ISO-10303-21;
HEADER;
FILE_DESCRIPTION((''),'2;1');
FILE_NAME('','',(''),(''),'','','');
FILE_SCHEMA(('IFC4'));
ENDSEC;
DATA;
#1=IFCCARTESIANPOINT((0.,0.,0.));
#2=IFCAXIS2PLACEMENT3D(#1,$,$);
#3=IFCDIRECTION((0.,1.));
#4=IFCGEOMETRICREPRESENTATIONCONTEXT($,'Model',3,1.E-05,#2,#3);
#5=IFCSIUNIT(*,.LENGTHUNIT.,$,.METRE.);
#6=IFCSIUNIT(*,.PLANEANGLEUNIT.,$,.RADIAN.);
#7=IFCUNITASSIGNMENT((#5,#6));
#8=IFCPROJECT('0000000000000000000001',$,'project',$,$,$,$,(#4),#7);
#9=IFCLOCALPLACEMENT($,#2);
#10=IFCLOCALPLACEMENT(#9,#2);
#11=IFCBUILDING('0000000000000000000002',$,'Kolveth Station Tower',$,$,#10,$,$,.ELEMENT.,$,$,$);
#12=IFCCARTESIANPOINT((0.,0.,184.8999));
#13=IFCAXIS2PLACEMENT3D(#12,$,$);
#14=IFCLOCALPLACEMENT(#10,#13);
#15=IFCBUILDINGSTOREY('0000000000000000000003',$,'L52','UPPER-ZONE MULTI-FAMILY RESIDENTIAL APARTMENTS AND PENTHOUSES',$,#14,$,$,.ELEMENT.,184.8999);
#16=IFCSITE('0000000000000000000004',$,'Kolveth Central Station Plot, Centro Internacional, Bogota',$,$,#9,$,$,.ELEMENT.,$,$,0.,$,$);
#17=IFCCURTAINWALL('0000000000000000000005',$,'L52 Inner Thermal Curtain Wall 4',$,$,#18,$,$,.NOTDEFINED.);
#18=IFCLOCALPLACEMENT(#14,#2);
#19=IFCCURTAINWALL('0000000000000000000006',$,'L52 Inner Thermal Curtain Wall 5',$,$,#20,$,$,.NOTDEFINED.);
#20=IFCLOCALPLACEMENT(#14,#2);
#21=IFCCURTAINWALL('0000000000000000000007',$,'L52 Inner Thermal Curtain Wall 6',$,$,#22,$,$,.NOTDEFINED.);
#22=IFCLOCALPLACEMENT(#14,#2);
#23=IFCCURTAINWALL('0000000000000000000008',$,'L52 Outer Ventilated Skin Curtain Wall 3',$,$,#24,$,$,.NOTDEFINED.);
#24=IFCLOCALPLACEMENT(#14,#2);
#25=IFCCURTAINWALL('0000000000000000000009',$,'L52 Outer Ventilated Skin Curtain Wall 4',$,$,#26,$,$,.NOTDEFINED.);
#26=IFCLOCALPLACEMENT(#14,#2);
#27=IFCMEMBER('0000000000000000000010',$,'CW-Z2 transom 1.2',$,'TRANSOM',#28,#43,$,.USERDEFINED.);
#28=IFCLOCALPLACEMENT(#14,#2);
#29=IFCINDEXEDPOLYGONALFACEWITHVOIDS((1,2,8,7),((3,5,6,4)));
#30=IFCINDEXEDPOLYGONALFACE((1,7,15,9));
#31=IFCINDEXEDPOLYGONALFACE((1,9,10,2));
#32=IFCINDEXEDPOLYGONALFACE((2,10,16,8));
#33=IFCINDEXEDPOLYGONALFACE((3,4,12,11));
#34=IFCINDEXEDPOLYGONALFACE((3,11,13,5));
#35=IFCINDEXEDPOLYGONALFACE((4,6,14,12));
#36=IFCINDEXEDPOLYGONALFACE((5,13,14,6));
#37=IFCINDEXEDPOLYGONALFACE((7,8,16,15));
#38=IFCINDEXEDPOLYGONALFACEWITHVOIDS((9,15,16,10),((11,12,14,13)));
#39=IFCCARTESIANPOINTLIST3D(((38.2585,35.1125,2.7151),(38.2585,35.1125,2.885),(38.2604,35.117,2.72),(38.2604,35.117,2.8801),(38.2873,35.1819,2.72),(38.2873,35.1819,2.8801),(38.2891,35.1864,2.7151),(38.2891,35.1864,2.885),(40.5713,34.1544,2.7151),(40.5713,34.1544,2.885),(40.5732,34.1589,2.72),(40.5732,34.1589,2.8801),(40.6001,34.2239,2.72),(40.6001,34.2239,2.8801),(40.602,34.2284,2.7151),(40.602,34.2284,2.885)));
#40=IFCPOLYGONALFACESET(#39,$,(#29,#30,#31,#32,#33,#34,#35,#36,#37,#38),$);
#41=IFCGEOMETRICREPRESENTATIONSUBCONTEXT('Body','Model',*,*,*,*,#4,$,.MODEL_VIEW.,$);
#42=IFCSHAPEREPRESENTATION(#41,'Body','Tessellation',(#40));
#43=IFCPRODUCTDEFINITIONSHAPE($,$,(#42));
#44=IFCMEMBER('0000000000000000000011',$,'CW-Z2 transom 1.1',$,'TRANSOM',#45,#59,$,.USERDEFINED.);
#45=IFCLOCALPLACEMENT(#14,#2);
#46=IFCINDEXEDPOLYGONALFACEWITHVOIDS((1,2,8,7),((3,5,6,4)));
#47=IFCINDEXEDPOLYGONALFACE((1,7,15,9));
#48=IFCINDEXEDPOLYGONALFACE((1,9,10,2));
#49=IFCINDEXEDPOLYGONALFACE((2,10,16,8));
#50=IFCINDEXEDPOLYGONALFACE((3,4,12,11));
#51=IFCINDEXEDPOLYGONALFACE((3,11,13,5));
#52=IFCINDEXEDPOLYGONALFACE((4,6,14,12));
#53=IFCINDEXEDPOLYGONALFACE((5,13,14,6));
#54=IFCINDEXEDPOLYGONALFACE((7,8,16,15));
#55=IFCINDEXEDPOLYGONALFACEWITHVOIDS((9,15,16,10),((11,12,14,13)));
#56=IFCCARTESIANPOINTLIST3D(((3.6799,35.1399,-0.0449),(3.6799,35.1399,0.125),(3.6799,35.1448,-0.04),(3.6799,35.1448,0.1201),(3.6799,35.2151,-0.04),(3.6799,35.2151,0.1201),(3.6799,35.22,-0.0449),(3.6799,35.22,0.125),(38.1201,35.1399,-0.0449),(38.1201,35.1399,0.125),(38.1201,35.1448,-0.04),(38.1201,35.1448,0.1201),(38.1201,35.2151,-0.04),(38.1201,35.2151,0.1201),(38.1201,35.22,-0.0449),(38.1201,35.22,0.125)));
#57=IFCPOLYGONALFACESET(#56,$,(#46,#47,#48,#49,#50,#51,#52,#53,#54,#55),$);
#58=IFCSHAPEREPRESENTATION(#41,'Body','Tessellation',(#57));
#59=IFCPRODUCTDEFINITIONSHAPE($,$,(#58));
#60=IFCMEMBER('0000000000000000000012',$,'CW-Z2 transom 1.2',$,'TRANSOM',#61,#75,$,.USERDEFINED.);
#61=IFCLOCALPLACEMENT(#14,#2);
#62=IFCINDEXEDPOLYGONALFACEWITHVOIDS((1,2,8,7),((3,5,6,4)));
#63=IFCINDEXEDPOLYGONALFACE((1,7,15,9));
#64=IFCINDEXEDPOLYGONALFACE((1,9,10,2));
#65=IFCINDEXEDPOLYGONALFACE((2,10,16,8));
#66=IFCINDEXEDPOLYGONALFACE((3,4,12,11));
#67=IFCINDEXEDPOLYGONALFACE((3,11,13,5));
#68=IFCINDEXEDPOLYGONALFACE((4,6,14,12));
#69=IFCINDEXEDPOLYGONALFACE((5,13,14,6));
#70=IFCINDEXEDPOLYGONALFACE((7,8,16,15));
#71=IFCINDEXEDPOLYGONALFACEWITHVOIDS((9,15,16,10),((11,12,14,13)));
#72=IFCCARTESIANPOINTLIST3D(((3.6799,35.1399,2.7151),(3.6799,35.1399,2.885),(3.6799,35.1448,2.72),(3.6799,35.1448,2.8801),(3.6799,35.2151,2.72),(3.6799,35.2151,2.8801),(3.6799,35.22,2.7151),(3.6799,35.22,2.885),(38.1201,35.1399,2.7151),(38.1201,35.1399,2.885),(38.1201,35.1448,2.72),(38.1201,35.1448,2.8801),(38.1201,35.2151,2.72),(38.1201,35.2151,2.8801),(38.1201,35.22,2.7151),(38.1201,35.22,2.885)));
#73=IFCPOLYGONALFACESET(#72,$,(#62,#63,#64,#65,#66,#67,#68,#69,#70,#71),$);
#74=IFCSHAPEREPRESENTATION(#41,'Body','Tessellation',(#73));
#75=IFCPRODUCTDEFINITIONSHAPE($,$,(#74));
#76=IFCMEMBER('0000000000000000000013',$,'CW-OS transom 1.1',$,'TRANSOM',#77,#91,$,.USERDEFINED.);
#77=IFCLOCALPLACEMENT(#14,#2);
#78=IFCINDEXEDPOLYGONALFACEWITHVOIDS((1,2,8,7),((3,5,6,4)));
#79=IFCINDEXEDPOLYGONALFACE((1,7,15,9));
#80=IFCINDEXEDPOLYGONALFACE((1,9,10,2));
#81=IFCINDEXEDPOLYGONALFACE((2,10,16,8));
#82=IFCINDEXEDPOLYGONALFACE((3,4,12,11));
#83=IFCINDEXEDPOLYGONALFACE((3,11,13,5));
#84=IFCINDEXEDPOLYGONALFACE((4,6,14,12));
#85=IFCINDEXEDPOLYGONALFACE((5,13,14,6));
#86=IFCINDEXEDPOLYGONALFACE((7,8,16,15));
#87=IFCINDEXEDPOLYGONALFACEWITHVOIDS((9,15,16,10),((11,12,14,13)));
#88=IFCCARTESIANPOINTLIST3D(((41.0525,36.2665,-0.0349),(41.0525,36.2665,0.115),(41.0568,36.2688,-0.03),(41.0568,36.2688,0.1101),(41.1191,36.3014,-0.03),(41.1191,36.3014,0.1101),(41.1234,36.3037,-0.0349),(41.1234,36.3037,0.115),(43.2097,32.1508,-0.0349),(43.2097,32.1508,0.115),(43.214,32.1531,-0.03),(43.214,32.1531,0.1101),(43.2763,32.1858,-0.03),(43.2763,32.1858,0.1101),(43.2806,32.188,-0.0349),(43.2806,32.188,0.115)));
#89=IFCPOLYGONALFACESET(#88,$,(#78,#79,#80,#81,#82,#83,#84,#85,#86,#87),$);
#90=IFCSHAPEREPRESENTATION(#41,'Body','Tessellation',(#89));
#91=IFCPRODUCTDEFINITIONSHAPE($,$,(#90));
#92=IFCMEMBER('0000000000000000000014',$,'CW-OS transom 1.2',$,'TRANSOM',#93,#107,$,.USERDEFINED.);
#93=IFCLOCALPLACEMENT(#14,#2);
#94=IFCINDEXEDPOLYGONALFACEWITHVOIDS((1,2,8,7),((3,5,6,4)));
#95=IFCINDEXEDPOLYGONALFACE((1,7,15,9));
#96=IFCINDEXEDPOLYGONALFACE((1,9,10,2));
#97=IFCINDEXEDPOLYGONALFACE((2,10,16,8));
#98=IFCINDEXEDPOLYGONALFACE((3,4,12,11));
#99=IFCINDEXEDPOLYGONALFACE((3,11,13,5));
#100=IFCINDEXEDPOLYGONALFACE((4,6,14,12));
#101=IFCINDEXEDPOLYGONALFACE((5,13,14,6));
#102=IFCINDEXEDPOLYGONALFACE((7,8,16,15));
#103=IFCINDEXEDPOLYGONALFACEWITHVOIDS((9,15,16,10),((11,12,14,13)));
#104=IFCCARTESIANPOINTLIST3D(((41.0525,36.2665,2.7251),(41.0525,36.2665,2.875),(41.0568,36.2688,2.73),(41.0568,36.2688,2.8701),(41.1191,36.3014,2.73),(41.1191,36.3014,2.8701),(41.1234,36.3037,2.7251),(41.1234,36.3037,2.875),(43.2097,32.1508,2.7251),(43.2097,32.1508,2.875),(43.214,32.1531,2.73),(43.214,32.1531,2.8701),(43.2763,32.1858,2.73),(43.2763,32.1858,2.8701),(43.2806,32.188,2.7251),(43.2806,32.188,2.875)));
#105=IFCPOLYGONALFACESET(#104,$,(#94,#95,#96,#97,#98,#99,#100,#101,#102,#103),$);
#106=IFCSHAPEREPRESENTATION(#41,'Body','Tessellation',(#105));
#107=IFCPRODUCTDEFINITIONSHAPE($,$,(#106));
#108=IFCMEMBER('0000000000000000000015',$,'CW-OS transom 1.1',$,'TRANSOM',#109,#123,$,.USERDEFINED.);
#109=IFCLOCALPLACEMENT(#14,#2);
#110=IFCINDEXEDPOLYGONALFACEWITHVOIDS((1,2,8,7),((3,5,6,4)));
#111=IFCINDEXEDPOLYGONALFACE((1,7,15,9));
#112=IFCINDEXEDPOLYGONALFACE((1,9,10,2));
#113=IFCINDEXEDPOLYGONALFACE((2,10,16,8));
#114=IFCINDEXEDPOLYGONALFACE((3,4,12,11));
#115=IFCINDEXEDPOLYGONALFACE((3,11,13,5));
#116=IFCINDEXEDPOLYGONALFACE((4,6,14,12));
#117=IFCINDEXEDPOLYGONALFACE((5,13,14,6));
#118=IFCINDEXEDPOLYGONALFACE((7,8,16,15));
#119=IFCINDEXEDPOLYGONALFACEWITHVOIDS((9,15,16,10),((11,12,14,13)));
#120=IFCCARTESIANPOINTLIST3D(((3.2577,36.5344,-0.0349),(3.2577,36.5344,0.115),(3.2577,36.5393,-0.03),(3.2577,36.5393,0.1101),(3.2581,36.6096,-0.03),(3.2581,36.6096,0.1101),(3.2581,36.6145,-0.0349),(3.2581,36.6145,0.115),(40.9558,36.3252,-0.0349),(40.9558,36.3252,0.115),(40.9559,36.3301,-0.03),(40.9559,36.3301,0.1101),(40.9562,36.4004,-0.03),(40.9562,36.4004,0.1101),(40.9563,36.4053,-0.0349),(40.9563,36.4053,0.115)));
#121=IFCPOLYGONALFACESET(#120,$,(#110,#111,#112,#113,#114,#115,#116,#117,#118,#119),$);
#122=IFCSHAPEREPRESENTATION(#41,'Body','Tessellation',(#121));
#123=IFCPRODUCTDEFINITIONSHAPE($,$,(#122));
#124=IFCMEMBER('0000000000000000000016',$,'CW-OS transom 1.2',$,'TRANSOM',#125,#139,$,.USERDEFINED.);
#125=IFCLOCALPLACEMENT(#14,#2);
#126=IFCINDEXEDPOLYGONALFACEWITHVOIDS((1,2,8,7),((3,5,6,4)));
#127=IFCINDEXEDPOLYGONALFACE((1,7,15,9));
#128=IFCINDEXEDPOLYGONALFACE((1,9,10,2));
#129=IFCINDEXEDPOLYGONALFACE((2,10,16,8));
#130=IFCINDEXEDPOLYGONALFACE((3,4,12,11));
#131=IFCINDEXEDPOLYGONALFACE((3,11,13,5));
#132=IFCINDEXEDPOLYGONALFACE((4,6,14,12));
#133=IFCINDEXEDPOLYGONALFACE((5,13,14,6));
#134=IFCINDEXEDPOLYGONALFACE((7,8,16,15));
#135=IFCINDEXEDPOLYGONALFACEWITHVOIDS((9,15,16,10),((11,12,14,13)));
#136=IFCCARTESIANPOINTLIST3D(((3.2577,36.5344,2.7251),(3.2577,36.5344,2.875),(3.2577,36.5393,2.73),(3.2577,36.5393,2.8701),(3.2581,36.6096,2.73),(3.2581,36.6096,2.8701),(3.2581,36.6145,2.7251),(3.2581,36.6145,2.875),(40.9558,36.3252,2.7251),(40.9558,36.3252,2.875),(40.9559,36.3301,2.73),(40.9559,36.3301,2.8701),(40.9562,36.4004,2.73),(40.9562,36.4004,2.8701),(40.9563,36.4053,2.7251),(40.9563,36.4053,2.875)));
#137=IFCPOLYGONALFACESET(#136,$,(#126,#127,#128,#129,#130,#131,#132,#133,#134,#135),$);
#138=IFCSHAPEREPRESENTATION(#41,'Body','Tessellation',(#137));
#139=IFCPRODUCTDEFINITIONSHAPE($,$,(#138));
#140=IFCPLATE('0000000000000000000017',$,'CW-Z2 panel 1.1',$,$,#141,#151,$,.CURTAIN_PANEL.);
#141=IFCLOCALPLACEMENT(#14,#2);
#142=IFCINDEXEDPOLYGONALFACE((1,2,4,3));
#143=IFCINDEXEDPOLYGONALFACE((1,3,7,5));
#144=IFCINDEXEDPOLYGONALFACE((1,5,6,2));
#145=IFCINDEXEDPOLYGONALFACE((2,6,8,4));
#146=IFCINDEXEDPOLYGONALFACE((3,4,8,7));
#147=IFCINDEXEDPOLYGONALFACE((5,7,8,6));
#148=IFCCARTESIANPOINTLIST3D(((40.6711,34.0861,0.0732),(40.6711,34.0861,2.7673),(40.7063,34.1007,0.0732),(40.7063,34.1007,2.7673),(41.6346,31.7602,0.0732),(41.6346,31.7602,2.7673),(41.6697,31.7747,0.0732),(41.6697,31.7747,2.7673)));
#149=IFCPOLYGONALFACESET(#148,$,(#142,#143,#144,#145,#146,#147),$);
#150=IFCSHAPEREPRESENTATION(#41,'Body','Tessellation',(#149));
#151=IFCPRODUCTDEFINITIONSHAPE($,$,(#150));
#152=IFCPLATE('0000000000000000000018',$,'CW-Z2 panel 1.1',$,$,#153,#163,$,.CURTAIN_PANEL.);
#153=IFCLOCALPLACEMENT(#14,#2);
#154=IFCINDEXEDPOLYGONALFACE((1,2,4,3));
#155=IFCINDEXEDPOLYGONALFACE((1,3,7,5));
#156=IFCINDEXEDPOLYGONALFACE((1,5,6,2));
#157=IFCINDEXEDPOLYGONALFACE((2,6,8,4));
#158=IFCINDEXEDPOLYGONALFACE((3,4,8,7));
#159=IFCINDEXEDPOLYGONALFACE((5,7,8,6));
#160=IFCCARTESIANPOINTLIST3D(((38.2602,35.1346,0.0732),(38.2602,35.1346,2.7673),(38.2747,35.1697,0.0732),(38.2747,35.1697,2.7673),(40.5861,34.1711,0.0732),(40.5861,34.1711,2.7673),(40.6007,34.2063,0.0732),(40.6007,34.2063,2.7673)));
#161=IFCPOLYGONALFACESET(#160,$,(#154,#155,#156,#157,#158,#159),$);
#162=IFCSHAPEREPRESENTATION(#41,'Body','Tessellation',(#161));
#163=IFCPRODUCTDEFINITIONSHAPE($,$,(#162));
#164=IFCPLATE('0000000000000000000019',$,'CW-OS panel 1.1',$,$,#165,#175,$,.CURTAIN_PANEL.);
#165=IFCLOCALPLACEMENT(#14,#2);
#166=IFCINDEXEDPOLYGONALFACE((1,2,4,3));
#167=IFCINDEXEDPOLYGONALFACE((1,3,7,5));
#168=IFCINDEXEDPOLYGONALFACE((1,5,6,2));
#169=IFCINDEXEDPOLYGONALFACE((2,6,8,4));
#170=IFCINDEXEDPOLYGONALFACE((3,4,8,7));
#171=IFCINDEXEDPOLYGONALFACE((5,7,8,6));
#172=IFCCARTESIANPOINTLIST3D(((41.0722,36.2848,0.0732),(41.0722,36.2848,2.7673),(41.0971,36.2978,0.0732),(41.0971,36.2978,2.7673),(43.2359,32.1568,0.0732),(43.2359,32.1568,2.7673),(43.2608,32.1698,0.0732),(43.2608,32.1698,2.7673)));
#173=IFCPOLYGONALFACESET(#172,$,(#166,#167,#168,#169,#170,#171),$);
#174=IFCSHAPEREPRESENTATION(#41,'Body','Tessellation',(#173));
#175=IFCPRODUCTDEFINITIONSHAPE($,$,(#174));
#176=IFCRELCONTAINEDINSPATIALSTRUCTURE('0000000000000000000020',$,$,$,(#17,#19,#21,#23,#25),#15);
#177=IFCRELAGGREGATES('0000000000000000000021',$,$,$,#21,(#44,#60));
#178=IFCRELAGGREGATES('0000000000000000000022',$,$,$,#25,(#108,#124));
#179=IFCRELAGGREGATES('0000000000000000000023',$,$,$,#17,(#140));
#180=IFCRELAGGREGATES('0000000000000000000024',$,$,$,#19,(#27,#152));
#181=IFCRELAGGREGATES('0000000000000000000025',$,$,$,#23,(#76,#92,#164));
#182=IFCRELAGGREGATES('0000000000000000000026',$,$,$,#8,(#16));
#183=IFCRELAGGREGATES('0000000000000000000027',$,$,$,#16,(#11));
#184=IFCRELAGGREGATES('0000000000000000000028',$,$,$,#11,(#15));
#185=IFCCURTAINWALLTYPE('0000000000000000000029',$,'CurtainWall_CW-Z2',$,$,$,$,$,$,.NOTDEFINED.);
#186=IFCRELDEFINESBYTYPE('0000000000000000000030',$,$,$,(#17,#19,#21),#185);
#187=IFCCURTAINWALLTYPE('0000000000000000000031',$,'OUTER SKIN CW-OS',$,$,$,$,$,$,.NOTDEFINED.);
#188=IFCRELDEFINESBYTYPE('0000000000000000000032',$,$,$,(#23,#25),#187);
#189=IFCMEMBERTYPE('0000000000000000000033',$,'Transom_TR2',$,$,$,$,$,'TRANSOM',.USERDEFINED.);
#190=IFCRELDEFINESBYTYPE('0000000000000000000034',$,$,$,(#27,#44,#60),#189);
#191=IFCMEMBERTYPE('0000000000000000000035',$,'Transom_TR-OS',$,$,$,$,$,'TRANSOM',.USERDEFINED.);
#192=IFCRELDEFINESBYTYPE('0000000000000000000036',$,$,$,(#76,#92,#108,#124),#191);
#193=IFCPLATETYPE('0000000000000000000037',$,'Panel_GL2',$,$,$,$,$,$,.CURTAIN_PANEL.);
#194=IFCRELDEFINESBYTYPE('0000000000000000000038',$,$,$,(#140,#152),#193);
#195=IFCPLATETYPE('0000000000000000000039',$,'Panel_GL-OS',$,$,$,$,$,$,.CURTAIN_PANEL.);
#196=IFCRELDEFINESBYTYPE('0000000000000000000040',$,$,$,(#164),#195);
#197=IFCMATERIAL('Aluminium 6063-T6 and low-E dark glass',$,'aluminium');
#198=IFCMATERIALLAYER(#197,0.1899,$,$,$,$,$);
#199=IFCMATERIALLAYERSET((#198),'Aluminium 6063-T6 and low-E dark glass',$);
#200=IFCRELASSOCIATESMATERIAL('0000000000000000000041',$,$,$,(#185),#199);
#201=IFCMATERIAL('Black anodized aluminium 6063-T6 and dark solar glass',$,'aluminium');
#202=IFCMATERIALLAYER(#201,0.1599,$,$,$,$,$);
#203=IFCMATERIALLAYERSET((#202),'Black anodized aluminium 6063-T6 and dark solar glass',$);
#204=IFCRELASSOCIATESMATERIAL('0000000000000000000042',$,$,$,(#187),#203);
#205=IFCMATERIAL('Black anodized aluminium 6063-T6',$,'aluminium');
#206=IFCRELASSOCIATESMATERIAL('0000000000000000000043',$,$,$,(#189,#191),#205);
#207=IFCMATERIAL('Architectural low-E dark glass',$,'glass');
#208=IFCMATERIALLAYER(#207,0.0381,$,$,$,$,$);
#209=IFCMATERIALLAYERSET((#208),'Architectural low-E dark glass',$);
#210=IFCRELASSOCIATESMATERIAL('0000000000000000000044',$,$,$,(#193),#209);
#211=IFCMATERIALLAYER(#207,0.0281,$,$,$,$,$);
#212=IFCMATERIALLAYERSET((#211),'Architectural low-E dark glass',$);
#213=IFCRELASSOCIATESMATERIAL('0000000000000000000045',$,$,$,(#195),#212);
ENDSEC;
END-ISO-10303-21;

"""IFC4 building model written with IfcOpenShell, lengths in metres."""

from ifc_helpers import new_model, si_unit, direction, frame, origin, origin_2d, place, context, subcontext, project, spatial, rectangle, hollow_rectangle, extrude, source, transform, mapped, material, layer, layer_set, material_profile, profile_set, type_object, element, aggregate, save


model = new_model("IFC4")

# Units and contexts
model_context = context("Model", 3, precision=1e-05, world=origin(), true_north=direction((0.0, 1.0)))
body_context = subcontext(model_context, "Body", "Model", "MODEL_VIEW")
ifc_project = project(units=[si_unit("LENGTHUNIT", "METRE"), si_unit("PLANEANGLEUNIT", "RADIAN")], contexts=[model_context])

# Site, building, storey
site_placement = place(None, origin())
site = spatial("IfcSite", under=ifc_project, at=site_placement, Name="Kolveth Central Station Plot, Centro Internacional, Bogota", CompositionType="ELEMENT", RefElevation=0.0)
building_placement = place(site_placement, origin())
building = spatial("IfcBuilding", under=site, at=building_placement, Name="Kolveth Station Tower", CompositionType="ELEMENT")
storey_placement = place(building_placement, frame((0.0, 0.0, 184.8999)))
storey = spatial("IfcBuildingStorey", under=building, at=storey_placement, Name="L52", Description="UPPER-ZONE MULTI-FAMILY RESIDENTIAL APARTMENTS AND PENTHOUSES", CompositionType="ELEMENT", Elevation=184.8999)

# Curtain wall
ifc_material_1 = material(Name="Aluminium 6063-T6 and low-E dark glass", Category="aluminium")
ifc_layer_1 = layer(ifc_material_1, 0.1899)
ifc_layer_set_1 = layer_set([ifc_layer_1], Name="Aluminium 6063-T6 and low-E dark glass")
curtain_wall_type_1 = type_object("IfcCurtainWallType", Name="CurtainWall_CW-Z2", PredefinedType="NOTDEFINED", material=ifc_layer_set_1)
curtain_wall_1_placement = place(storey_placement, origin())
curtain_wall_1 = element("IfcCurtainWall", 1, at=curtain_wall_1_placement, inside=storey, type_object=curtain_wall_type_1, Name="L52 Inner Thermal Curtain Wall 4", PredefinedType="NOTDEFINED")
ifc_material_2 = material(Name="Black anodized aluminium 6063-T6", Category="aluminium")

# Curtain wall
curtain_wall_2_placement = place(storey_placement, origin())
curtain_wall_2 = element("IfcCurtainWall", 2, at=curtain_wall_2_placement, inside=storey, type_object=curtain_wall_type_1, Name="L52 Inner Thermal Curtain Wall 5", PredefinedType="NOTDEFINED")

# Curtain wall
curtain_wall_3_placement = place(storey_placement, origin())
curtain_wall_3 = element("IfcCurtainWall", 3, at=curtain_wall_3_placement, inside=storey, type_object=curtain_wall_type_1, Name="L52 Inner Thermal Curtain Wall 6", PredefinedType="NOTDEFINED")
ifc_material_3 = material(Name="Black anodized aluminium 6063-T6 and dark solar glass", Category="aluminium")
ifc_layer_2 = layer(ifc_material_3, 0.1599)
ifc_layer_set_2 = layer_set([ifc_layer_2], Name="Black anodized aluminium 6063-T6 and dark solar glass")
curtain_wall_type_2 = type_object("IfcCurtainWallType", Name="OUTER SKIN CW-OS", PredefinedType="NOTDEFINED", material=ifc_layer_set_2)

# Curtain wall
curtain_wall_4_placement = place(storey_placement, origin())
curtain_wall_4 = element("IfcCurtainWall", 4, at=curtain_wall_4_placement, inside=storey, type_object=curtain_wall_type_2, Name="L52 Outer Ventilated Skin Curtain Wall 3", PredefinedType="NOTDEFINED")

# Curtain wall
curtain_wall_5_placement = place(storey_placement, origin())
curtain_wall_5 = element("IfcCurtainWall", 5, at=curtain_wall_5_placement, inside=storey, type_object=curtain_wall_type_2, Name="L52 Outer Ventilated Skin Curtain Wall 4", PredefinedType="NOTDEFINED")

# Members
ifc_material_profile_1 = material_profile(ifc_material_2, hollow_rectangle(XDim=0.0801, YDim=0.1699, WallThickness=0.0049, at=origin_2d()), Name="ALU-80x170x5")
ifc_profile_set_1 = profile_set([ifc_material_profile_1], Name="Black anodized aluminium 6063-T6")
member_type_1 = type_object("IfcMemberType", Name="Transom_TR2", ElementType="TRANSOM", PredefinedType="USERDEFINED", material=ifc_profile_set_1)
shared_shape_1 = source(origin(), body_context, "Body", "SweptSolid", [
    extrude(hollow_rectangle(XDim=0.0801, YDim=0.1699, WallThickness=0.0049, at=origin_2d()), origin(), (0.0, 0.0, 1.0), 2.5034),
])
member_1_placement = place(storey_placement, frame((40.5867, 34.1914, 2.8), z_axis=(-0.923874, 0.382696, 0.0), x_axis=(-0.382696, -0.923874, 0.0)))
member_1 = element("IfcMember", 6, at=member_1_placement, type_object=member_type_1, Name="CW-Z2 transom 1.2", ObjectType="TRANSOM", PredefinedType="USERDEFINED", context=body_context, shape_type="MappedRepresentation", body=[
    mapped(shared_shape_1, transform((0.0, 0.0, 0.0), x_axis=(1.0, 0.0, 0.0), y_axis=(0.0, 1.0, 0.0), z_axis=(0.0, 0.0, 1.0), scale=1.0)),
])
shared_shape_2 = source(origin(), body_context, "Body", "SweptSolid", [
    extrude(hollow_rectangle(XDim=0.0801, YDim=0.1699, WallThickness=0.0049, at=origin_2d()), origin(), (0.0, 0.0, 1.0), 34.4402),
])
member_2_placement = place(storey_placement, frame((38.1201, 35.1799, 0.04), z_axis=(-1.0, 0.0, 0.0), x_axis=(0.0, -1.0, 0.0)))
member_2 = element("IfcMember", 7, at=member_2_placement, type_object=member_type_1, Name="CW-Z2 transom 1.1", ObjectType="TRANSOM", PredefinedType="USERDEFINED", context=body_context, shape_type="MappedRepresentation", body=[
    mapped(shared_shape_2, transform((0.0, 0.0, 0.0), x_axis=(1.0, 0.0, 0.0), y_axis=(0.0, 1.0, 0.0), z_axis=(0.0, 0.0, 1.0), scale=1.0)),
])
member_3_placement = place(storey_placement, frame((38.1201, 35.1799, 2.8), z_axis=(-1.0, 0.0, 0.0), x_axis=(0.0, -1.0, 0.0)))
member_3 = element("IfcMember", 8, at=member_3_placement, type_object=member_type_1, Name="CW-Z2 transom 1.2", ObjectType="TRANSOM", PredefinedType="USERDEFINED", context=body_context, shape_type="MappedRepresentation", body=[
    mapped(shared_shape_2, transform((0.0, 0.0, 0.0), x_axis=(1.0, 0.0, 0.0), y_axis=(0.0, 1.0, 0.0), z_axis=(0.0, 0.0, 1.0), scale=1.0)),
])
aggregate(curtain_wall_3, [member_2, member_3])
ifc_material_profile_2 = material_profile(ifc_material_2, hollow_rectangle(XDim=0.0801, YDim=0.1499, WallThickness=0.0049, at=origin_2d()), Name="ALU-80x150x5")
ifc_profile_set_2 = profile_set([ifc_material_profile_2], Name="Black anodized aluminium 6063-T6")
member_type_2 = type_object("IfcMemberType", Name="Transom_TR-OS", ElementType="TRANSOM", PredefinedType="USERDEFINED", material=ifc_profile_set_2)
shared_shape_3 = source(origin(), body_context, "Body", "SweptSolid", [
    extrude(hollow_rectangle(XDim=0.0801, YDim=0.1499, WallThickness=0.0049, at=origin_2d()), origin(), (0.0, 0.0, 1.0), 4.6467),
])
member_4_placement = place(storey_placement, frame((43.2451, 32.1694, 0.04), z_axis=(-0.464239, 0.88571, 0.0), x_axis=(-0.88571, -0.464239, 0.0)))
member_4 = element("IfcMember", 9, at=member_4_placement, type_object=member_type_2, Name="CW-OS transom 1.1", ObjectType="TRANSOM", PredefinedType="USERDEFINED", context=body_context, shape_type="MappedRepresentation", body=[
    mapped(shared_shape_3, transform((0.0, 0.0, 0.0), x_axis=(1.0, 0.0, 0.0), y_axis=(0.0, 1.0, 0.0), z_axis=(0.0, 0.0, 1.0), scale=1.0)),
])
member_5_placement = place(storey_placement, frame((43.2451, 32.1694, 2.8), z_axis=(-0.464239, 0.88571, 0.0), x_axis=(-0.88571, -0.464239, 0.0)))
member_5 = element("IfcMember", 10, at=member_5_placement, type_object=member_type_2, Name="CW-OS transom 1.2", ObjectType="TRANSOM", PredefinedType="USERDEFINED", context=body_context, shape_type="MappedRepresentation", body=[
    mapped(shared_shape_3, transform((0.0, 0.0, 0.0), x_axis=(1.0, 0.0, 0.0), y_axis=(0.0, 1.0, 0.0), z_axis=(0.0, 0.0, 1.0), scale=1.0)),
])
shared_shape_4 = source(origin(), body_context, "Body", "SweptSolid", [
    extrude(hollow_rectangle(XDim=0.0801, YDim=0.1499, WallThickness=0.0049, at=origin_2d()), origin(), (0.0, 0.0, 1.0), 37.6987),
])
member_6_placement = place(storey_placement, frame((40.9561, 36.3652, 0.04), z_axis=(-0.999985, 0.00555, 0.0), x_axis=(-0.00555, -0.999985, 0.0)))
member_6 = element("IfcMember", 11, at=member_6_placement, type_object=member_type_2, Name="CW-OS transom 1.1", ObjectType="TRANSOM", PredefinedType="USERDEFINED", context=body_context, shape_type="MappedRepresentation", body=[
    mapped(shared_shape_4, transform((0.0, 0.0, 0.0), x_axis=(1.0, 0.0, 0.0), y_axis=(0.0, 1.0, 0.0), z_axis=(0.0, 0.0, 1.0), scale=1.0)),
])
member_7_placement = place(storey_placement, frame((40.9561, 36.3652, 2.8), z_axis=(-0.999985, 0.00555, 0.0), x_axis=(-0.00555, -0.999985, 0.0)))
member_7 = element("IfcMember", 12, at=member_7_placement, type_object=member_type_2, Name="CW-OS transom 1.2", ObjectType="TRANSOM", PredefinedType="USERDEFINED", context=body_context, shape_type="MappedRepresentation", body=[
    mapped(shared_shape_4, transform((0.0, 0.0, 0.0), x_axis=(1.0, 0.0, 0.0), y_axis=(0.0, 1.0, 0.0), z_axis=(0.0, 0.0, 1.0), scale=1.0)),
])
aggregate(curtain_wall_5, [member_6, member_7])

# Plates
ifc_material_4 = material(Name="Architectural low-E dark glass", Category="glass")
ifc_layer_3 = layer(ifc_material_4, 0.0381)
ifc_layer_set_3 = layer_set([ifc_layer_3], Name="Architectural low-E dark glass")
plate_type_1 = type_object("IfcPlateType", Name="Panel_GL2", PredefinedType="CURTAIN_PANEL", material=ifc_layer_set_3)
shared_shape_5 = source(origin(), body_context, "Body", "SweptSolid", [
    extrude(rectangle(XDim=2.5176, YDim=0.0381, at=origin_2d()), origin(), (0.0, 0.0, 1.0), 2.6941),
])
plate_1_placement = place(storey_placement, frame((41.1704, 32.9304, 0.0732), z_axis=(0.0, 0.0, 1.0), x_axis=(-0.382698, 0.923874, 0.0)))
plate_1 = element("IfcPlate", 13, at=plate_1_placement, type_object=plate_type_1, Name="CW-Z2 panel 1.1", PredefinedType="CURTAIN_PANEL", context=body_context, shape_type="MappedRepresentation", body=[
    mapped(shared_shape_5, transform((0.0, 0.0, 0.0), x_axis=(1.0, 0.0, 0.0), y_axis=(0.0, 1.0, 0.0), z_axis=(0.0, 0.0, 1.0), scale=1.0)),
])
aggregate(curtain_wall_1, [plate_1])
plate_2_placement = place(storey_placement, frame((39.4304, 34.6704, 0.0732), z_axis=(0.0, 0.0, 1.0), x_axis=(-0.923874, 0.382698, 0.0)))
plate_2 = element("IfcPlate", 14, at=plate_2_placement, type_object=plate_type_1, Name="CW-Z2 panel 1.1", PredefinedType="CURTAIN_PANEL", context=body_context, shape_type="MappedRepresentation", body=[
    mapped(shared_shape_5, transform((0.0, 0.0, 0.0), x_axis=(1.0, 0.0, 0.0), y_axis=(0.0, 1.0, 0.0), z_axis=(0.0, 0.0, 1.0), scale=1.0)),
])
aggregate(curtain_wall_2, [member_1, plate_2])
ifc_layer_4 = layer(ifc_material_4, 0.0281)
ifc_layer_set_4 = layer_set([ifc_layer_4], Name="Architectural low-E dark glass")
plate_type_2 = type_object("IfcPlateType", Name="Panel_GL-OS", PredefinedType="CURTAIN_PANEL", material=ifc_layer_set_4)
shared_shape_6 = source(origin(), body_context, "Body", "SweptSolid", [
    extrude(rectangle(XDim=4.6606, YDim=0.0281, at=origin_2d()), origin(), (0.0, 0.0, 1.0), 2.6941),
])
plate_3_placement = place(storey_placement, frame((42.1665, 34.2273, 0.0732), z_axis=(0.0, 0.0, 1.0), x_axis=(-0.464237, 0.885711, 0.0)))
plate_3 = element("IfcPlate", 15, at=plate_3_placement, type_object=plate_type_2, Name="CW-OS panel 1.1", PredefinedType="CURTAIN_PANEL", context=body_context, shape_type="MappedRepresentation", body=[
    mapped(shared_shape_6, transform((0.0, 0.0, 0.0), x_axis=(1.0, 0.0, 0.0), y_axis=(0.0, 1.0, 0.0), z_axis=(0.0, 0.0, 1.0), scale=1.0)),
])
aggregate(curtain_wall_4, [member_4, member_5, plate_3])

save(model, "model.ifc")
